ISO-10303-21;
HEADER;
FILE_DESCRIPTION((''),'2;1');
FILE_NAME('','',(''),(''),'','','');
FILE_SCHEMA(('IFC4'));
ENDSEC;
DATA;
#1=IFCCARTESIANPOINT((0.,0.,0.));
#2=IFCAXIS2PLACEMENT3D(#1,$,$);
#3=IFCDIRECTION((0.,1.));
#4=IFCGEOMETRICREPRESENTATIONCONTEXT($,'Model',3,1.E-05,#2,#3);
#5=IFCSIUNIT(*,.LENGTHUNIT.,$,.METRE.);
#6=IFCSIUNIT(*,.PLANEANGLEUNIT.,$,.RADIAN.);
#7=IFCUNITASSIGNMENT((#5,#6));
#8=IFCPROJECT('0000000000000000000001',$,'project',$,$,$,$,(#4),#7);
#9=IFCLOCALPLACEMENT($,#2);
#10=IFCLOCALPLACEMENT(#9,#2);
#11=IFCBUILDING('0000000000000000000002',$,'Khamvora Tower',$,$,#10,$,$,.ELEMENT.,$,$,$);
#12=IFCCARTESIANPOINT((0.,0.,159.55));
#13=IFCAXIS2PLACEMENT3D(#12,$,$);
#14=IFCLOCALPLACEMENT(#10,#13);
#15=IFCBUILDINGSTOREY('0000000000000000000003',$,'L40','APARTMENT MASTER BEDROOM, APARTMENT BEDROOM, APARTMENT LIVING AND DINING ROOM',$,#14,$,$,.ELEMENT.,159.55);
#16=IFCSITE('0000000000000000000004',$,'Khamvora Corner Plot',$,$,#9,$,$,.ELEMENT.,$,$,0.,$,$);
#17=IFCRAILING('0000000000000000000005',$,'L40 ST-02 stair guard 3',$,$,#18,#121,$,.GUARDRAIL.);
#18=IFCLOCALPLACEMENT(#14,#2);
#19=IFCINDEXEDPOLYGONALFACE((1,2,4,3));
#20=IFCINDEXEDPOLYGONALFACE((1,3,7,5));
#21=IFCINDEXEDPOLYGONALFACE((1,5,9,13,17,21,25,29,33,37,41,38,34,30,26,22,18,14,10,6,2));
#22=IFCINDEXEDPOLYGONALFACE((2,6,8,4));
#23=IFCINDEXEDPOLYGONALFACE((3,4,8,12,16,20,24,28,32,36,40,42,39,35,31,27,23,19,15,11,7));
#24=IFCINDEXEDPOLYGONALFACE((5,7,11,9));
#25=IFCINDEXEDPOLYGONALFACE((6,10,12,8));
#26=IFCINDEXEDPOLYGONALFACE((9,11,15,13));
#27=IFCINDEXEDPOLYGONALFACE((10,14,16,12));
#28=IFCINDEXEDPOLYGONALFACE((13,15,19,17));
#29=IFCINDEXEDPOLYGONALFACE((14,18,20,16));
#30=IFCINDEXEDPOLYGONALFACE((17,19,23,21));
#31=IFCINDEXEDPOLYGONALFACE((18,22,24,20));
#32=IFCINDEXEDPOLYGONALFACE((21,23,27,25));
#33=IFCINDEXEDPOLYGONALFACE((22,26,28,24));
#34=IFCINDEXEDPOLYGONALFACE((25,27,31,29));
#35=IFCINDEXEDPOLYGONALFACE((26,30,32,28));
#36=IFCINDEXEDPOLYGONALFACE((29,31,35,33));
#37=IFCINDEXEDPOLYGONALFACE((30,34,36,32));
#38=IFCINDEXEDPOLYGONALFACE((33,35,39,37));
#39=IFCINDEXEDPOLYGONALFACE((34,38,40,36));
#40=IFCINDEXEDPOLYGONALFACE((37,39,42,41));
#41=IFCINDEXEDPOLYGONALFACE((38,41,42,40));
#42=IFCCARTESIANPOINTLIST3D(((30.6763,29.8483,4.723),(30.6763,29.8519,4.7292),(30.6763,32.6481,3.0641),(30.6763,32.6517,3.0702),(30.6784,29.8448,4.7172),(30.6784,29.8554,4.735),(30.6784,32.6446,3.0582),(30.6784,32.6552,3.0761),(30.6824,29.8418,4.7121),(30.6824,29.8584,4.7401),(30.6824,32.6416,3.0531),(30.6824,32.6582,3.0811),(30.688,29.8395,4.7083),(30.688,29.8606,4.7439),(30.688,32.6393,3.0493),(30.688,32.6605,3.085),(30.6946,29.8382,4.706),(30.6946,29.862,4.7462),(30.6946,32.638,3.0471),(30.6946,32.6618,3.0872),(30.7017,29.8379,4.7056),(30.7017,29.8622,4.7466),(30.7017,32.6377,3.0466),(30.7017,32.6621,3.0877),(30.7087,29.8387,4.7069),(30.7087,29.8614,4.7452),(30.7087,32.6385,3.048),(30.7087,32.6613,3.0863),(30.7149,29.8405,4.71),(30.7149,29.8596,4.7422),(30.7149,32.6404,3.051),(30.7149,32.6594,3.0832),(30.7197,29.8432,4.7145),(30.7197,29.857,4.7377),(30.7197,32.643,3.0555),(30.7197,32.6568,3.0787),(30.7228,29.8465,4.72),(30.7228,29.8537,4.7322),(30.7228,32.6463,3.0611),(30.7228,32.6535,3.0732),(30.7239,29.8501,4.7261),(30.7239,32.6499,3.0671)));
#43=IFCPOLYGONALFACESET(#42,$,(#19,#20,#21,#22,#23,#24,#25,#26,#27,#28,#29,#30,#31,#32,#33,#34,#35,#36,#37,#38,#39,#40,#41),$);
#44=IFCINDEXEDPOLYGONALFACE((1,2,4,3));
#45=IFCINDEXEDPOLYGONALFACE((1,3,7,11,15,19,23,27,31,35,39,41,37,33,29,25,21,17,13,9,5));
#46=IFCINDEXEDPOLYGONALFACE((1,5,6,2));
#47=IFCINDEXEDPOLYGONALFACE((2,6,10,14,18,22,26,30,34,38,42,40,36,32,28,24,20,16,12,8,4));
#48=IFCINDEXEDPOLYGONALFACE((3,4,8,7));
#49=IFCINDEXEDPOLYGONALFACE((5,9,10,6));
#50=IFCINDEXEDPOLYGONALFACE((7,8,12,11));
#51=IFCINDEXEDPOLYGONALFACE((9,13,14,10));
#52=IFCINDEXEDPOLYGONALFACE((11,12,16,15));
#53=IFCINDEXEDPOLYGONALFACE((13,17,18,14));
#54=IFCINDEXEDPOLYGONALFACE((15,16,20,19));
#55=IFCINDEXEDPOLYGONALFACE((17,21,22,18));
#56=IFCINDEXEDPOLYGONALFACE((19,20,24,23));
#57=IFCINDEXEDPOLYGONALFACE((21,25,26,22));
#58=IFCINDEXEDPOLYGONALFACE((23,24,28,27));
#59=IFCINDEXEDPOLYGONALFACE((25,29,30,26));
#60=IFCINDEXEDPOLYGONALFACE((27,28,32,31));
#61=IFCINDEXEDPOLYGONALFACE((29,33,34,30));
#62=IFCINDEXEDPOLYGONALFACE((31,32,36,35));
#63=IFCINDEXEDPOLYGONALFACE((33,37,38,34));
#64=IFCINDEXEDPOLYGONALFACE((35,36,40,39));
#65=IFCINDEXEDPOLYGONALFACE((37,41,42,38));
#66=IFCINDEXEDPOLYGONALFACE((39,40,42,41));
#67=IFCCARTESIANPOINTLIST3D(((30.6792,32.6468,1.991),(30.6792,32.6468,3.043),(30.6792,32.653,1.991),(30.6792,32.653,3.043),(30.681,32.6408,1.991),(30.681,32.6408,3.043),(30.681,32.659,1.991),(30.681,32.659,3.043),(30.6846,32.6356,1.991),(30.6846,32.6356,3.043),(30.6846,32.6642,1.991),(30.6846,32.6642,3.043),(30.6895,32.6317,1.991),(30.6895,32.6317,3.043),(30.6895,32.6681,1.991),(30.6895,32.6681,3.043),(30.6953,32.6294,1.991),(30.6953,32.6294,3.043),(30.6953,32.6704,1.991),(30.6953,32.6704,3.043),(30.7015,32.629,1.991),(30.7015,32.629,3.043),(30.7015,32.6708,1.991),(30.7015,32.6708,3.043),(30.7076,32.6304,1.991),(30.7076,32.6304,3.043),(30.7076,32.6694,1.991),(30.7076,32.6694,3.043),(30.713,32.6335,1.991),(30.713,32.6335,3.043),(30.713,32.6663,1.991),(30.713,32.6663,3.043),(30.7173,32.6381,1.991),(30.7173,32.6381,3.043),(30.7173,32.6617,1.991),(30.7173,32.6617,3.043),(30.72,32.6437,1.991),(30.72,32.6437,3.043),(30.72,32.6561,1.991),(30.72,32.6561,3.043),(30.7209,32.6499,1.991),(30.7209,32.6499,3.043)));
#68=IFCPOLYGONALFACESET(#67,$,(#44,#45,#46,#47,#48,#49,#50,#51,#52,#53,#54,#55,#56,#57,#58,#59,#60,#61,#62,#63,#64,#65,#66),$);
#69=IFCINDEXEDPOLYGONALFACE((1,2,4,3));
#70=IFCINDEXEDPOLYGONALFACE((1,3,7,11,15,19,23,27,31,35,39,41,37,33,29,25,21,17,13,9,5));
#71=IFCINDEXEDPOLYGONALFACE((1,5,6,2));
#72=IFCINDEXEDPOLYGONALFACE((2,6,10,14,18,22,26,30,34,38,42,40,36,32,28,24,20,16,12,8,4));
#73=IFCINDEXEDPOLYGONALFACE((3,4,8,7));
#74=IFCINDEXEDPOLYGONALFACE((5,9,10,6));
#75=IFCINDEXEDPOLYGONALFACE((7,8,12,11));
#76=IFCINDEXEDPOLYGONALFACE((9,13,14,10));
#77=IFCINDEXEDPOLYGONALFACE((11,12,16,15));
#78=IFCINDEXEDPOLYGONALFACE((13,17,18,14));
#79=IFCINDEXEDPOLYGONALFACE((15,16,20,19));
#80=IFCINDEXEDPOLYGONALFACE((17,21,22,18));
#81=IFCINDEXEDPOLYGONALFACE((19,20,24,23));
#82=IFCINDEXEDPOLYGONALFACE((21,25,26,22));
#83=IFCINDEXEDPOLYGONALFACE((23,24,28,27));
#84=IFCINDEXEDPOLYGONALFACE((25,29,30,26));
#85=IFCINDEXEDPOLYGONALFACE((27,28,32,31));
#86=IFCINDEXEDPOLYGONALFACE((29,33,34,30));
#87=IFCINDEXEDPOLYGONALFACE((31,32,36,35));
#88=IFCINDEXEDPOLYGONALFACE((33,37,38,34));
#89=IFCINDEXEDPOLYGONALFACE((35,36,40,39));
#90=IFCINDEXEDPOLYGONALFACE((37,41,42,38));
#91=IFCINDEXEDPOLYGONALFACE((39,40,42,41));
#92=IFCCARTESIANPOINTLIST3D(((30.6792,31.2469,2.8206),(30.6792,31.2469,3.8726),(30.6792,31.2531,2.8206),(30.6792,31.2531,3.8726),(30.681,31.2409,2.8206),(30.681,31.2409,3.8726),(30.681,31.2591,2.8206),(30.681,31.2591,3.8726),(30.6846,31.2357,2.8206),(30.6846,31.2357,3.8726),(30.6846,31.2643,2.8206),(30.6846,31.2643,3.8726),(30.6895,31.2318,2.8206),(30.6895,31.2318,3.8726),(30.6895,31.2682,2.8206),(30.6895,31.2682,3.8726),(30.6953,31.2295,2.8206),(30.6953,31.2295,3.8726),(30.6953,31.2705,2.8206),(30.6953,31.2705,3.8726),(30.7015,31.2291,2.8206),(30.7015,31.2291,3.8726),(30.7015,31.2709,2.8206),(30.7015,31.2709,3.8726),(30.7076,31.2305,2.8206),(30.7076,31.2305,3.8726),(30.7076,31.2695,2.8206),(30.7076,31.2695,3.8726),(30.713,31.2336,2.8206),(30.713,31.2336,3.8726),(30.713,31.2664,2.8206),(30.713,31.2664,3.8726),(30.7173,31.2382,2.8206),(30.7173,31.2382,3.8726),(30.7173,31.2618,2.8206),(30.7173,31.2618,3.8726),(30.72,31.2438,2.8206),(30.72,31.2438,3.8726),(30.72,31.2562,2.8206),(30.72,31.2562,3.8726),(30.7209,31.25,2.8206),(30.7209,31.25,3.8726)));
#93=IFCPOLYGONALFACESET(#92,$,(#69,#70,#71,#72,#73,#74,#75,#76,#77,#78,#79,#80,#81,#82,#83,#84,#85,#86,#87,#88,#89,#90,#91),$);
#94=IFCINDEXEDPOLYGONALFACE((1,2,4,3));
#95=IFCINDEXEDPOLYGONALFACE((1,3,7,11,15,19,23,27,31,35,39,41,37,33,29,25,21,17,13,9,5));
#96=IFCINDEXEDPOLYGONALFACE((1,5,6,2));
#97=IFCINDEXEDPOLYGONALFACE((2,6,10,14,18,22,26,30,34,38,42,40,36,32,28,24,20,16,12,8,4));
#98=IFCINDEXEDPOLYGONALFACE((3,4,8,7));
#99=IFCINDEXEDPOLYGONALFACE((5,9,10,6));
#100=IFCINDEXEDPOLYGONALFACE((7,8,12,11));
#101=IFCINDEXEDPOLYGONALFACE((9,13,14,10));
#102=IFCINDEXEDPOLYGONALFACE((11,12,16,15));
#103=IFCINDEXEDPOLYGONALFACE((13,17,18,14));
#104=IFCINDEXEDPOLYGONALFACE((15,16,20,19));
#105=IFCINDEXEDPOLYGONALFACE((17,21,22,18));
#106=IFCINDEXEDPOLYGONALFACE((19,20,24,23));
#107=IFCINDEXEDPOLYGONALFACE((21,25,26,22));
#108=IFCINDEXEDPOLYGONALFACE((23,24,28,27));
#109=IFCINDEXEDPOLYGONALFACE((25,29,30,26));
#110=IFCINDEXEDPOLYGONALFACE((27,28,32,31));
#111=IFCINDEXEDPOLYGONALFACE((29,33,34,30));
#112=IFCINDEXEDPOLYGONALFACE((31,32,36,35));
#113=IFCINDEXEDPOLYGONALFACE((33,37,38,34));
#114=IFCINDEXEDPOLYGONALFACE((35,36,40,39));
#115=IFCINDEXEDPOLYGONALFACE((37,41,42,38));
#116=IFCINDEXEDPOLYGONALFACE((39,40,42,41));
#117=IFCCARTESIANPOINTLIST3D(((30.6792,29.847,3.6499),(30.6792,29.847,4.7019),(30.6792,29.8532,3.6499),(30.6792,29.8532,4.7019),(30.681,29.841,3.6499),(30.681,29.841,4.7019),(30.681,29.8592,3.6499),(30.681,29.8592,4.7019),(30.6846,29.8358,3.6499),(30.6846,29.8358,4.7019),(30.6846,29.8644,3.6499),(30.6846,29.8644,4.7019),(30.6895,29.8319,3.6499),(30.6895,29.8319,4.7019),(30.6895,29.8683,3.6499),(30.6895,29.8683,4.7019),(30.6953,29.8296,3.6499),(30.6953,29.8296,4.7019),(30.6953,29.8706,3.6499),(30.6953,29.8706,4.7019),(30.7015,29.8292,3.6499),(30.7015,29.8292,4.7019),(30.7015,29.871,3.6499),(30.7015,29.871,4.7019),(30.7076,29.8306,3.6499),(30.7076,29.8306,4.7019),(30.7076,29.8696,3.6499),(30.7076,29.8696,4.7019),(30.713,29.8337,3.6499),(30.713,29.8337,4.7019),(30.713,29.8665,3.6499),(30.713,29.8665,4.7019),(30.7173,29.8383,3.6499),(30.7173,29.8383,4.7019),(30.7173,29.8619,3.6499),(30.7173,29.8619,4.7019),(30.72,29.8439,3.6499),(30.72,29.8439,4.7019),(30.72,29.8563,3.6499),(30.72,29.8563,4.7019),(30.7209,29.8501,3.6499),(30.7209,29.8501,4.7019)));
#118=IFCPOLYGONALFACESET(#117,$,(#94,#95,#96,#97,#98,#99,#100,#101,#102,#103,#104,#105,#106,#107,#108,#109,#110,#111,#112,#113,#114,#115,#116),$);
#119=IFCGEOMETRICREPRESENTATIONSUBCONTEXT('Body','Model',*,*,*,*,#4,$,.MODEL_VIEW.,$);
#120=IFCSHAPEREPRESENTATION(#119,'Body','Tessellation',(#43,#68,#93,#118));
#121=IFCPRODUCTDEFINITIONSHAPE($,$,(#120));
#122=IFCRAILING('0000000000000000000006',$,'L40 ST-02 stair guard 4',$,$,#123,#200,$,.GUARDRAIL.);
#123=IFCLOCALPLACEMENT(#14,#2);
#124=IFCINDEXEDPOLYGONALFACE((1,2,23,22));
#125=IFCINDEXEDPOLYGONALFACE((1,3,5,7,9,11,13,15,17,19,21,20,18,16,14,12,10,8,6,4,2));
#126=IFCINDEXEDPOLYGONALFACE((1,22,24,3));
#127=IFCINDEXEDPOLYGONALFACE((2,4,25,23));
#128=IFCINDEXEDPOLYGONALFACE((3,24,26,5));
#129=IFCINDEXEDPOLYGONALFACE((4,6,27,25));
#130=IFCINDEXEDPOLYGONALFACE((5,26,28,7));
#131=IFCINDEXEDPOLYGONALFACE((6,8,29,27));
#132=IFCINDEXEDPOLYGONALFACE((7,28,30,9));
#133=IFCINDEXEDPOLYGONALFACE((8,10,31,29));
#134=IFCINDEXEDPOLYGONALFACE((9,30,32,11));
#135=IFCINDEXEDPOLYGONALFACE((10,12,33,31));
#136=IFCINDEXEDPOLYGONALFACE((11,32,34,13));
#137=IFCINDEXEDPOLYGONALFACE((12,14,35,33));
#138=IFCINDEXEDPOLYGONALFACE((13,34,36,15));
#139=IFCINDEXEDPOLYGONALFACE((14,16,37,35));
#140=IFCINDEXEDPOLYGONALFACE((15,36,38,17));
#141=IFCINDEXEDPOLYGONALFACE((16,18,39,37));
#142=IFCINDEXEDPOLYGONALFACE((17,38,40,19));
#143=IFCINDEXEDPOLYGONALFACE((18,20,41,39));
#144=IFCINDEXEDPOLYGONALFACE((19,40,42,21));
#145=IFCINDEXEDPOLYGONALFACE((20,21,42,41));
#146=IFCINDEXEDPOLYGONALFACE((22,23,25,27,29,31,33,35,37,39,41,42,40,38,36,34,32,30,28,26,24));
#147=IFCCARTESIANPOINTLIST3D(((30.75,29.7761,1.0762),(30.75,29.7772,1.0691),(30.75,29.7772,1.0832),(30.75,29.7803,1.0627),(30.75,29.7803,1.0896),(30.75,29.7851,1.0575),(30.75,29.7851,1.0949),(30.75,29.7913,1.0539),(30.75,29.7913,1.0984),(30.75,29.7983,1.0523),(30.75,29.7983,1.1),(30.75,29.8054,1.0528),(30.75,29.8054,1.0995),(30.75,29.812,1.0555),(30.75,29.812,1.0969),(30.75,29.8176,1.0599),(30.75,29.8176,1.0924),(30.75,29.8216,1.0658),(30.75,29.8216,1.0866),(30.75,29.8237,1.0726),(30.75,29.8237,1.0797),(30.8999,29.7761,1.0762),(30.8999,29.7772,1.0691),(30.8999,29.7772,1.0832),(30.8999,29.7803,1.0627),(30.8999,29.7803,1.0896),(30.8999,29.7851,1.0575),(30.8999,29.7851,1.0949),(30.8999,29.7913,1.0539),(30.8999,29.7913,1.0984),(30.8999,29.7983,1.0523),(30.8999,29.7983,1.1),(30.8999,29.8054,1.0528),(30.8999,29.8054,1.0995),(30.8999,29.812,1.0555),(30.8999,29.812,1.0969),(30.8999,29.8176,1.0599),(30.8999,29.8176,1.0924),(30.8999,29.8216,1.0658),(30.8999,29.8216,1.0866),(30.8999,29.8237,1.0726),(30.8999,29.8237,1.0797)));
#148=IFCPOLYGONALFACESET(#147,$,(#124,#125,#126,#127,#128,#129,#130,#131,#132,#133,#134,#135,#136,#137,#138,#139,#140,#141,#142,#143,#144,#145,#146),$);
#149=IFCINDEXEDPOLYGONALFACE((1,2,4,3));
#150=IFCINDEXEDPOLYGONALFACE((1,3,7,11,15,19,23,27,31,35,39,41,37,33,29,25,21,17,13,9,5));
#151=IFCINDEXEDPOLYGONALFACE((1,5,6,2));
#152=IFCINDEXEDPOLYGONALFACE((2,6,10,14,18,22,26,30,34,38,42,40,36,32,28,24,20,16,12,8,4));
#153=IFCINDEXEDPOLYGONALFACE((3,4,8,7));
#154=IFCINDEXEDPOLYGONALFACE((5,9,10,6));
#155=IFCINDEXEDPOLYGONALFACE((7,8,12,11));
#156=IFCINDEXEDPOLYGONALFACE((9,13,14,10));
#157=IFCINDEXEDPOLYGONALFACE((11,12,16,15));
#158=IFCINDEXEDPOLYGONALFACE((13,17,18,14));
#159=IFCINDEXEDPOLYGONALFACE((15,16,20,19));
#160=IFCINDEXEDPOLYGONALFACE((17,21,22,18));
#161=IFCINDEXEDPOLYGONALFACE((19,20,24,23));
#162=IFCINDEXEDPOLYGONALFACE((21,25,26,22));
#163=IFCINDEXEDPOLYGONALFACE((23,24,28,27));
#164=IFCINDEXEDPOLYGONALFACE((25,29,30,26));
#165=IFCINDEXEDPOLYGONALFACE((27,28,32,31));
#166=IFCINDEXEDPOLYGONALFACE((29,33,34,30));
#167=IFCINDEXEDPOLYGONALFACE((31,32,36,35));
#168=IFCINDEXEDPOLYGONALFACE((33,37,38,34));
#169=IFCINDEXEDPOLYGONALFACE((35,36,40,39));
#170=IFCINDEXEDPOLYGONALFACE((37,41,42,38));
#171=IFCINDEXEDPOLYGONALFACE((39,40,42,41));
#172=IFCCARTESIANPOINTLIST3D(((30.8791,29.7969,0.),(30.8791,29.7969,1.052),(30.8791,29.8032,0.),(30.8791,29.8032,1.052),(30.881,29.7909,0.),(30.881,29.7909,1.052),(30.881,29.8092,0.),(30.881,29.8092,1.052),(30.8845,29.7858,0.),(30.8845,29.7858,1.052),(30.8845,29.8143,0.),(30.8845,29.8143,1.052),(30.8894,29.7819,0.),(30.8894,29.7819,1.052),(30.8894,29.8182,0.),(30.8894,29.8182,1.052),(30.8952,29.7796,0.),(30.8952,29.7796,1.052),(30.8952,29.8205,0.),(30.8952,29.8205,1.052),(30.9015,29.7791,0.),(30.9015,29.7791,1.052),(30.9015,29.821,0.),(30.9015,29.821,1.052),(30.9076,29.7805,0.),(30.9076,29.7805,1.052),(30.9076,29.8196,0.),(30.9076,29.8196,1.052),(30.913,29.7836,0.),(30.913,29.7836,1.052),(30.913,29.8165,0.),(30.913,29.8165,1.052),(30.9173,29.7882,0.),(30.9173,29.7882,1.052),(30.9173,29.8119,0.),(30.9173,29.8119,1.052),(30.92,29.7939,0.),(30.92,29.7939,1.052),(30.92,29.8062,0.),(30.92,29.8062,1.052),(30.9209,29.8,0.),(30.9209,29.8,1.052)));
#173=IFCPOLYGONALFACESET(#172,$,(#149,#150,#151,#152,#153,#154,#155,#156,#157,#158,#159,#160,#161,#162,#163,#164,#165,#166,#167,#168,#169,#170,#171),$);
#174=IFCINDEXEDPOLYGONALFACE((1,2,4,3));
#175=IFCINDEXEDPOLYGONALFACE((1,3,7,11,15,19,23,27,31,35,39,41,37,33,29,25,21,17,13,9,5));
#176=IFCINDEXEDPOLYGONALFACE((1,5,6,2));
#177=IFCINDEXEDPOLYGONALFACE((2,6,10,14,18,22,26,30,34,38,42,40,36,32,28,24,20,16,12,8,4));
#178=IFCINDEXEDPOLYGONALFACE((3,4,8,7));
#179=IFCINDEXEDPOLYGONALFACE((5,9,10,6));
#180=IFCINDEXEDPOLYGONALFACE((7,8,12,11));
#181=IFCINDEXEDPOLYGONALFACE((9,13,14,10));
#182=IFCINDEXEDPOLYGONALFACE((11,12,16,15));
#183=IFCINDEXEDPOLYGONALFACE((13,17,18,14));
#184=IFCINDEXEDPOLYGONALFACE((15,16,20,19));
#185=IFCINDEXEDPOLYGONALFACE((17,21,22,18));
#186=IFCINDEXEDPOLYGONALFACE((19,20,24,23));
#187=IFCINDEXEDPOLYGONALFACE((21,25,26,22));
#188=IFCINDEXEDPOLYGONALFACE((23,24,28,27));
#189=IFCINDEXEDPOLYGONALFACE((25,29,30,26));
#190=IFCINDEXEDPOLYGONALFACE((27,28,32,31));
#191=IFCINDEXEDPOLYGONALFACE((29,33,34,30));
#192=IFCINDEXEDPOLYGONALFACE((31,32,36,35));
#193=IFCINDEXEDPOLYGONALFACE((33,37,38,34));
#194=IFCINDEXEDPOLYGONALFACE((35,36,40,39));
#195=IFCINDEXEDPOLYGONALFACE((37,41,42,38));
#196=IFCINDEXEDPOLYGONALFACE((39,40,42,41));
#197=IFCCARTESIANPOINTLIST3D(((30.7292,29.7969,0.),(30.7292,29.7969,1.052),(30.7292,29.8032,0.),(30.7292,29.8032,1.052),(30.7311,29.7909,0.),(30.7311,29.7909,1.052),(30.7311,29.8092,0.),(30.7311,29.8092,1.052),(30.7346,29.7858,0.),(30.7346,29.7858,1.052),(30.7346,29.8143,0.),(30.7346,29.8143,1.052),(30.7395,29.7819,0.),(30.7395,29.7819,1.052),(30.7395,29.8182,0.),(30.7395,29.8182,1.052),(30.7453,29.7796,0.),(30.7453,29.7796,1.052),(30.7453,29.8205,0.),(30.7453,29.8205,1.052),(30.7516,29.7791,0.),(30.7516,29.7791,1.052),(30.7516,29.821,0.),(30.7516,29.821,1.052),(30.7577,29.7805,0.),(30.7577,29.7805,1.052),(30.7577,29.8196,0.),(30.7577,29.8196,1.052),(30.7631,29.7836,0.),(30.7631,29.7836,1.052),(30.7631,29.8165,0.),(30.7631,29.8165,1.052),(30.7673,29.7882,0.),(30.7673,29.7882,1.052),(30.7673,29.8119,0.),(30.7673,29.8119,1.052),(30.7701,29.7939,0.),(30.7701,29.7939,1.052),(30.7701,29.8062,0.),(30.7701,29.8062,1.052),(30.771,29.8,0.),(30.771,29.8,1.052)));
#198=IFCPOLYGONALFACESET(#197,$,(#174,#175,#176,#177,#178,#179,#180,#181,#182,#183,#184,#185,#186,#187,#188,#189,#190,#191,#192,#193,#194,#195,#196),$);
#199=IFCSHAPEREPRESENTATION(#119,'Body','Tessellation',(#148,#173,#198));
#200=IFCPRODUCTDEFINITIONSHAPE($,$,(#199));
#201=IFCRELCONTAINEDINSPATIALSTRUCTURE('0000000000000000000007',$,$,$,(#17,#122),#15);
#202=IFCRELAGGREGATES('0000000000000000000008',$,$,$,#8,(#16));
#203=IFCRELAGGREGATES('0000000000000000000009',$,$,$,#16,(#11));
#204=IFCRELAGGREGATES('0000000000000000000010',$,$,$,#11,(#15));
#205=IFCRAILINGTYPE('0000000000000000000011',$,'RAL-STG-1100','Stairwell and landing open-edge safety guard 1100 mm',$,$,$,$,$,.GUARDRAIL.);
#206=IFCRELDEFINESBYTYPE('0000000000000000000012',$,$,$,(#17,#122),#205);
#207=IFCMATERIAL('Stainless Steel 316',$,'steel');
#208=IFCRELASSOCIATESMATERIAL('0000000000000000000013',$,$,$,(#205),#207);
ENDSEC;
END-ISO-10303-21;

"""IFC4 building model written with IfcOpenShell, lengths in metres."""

from ifc_helpers import new_model, si_unit, direction, frame, origin, origin_2d, place, context, subcontext, project, spatial, circle, extrude, material, type_object, element, save


model = new_model("IFC4")

# Units and contexts
model_context = context("Model", 3, precision=1e-05, world=origin(), true_north=direction((0.0, 1.0)))
body_context = subcontext(model_context, "Body", "Model", "MODEL_VIEW")
ifc_project = project(units=[si_unit("LENGTHUNIT", "METRE"), si_unit("PLANEANGLEUNIT", "RADIAN")], contexts=[model_context])

# Site, building, storey
site_placement = place(None, origin())
site = spatial("IfcSite", under=ifc_project, at=site_placement, Name="Khamvora Corner Plot", CompositionType="ELEMENT", RefElevation=0.0)
building_placement = place(site_placement, origin())
building = spatial("IfcBuilding", under=site, at=building_placement, Name="Khamvora Tower", CompositionType="ELEMENT")
storey_placement = place(building_placement, frame((0.0, 0.0, 159.55)))
storey = spatial("IfcBuildingStorey", under=building, at=storey_placement, Name="L40", Description="APARTMENT MASTER BEDROOM, APARTMENT BEDROOM, APARTMENT LIVING AND DINING ROOM", CompositionType="ELEMENT", Elevation=159.55)

# Railings
ifc_material_1 = material(Name="Stainless Steel 316", Category="steel")
railing_type_1 = type_object("IfcRailingType", Name="RAL-STG-1100", Description="Stairwell and landing open-edge safety guard 1100 mm", PredefinedType="GUARDRAIL", material=ifc_material_1)
railing_1_placement = place(storey_placement, frame((30.7, 32.6499, 1.991)))
element("IfcRailing", 1, at=railing_1_placement, inside=storey, type_object=railing_type_1, Name="L40 ST-02 stair guard 3", PredefinedType="GUARDRAIL", context=body_context, shape_type="SweptSolid", body=[
    extrude(circle(Radius=0.0239, at=origin_2d()), frame((0.0, 0.0, 1.0762), z_axis=(0.0, -0.86032, 0.509755), x_axis=(1.0, 0.0, 0.0)), (0.0, 0.0, 1.0), 3.2544),
    extrude(circle(Radius=0.021, at=origin_2d()), origin(), (0.0, 0.0, 1.0), 1.052),
    extrude(circle(Radius=0.021, at=origin_2d()), frame((0.0, -1.3999, 0.8296)), (0.0, 0.0, 1.0), 1.052),
    extrude(circle(Radius=0.021, at=origin_2d()), frame((0.0, -2.7998, 1.6589)), (0.0, 0.0, 1.0), 1.052),
])
railing_2_placement = place(storey_placement, frame((30.8999, 29.8, 0.0)))
element("IfcRailing", 2, at=railing_2_placement, inside=storey, type_object=railing_type_1, Name="L40 ST-02 stair guard 4", PredefinedType="GUARDRAIL", context=body_context, shape_type="SweptSolid", body=[
    extrude(circle(Radius=0.0239, at=origin_2d()), frame((0.0, 0.0, 1.0762), z_axis=(-1.0, 0.0, 0.0), x_axis=(0.0, -1.0, 0.0)), (0.0, 0.0, 1.0), 0.1499),
    extrude(circle(Radius=0.021, at=origin_2d()), origin(), (0.0, 0.0, 1.0), 1.052),
    extrude(circle(Radius=0.021, at=origin_2d()), frame((-0.1499, 0.0, 0.0)), (0.0, 0.0, 1.0), 1.052),
])

save(model, "model.ifc")
